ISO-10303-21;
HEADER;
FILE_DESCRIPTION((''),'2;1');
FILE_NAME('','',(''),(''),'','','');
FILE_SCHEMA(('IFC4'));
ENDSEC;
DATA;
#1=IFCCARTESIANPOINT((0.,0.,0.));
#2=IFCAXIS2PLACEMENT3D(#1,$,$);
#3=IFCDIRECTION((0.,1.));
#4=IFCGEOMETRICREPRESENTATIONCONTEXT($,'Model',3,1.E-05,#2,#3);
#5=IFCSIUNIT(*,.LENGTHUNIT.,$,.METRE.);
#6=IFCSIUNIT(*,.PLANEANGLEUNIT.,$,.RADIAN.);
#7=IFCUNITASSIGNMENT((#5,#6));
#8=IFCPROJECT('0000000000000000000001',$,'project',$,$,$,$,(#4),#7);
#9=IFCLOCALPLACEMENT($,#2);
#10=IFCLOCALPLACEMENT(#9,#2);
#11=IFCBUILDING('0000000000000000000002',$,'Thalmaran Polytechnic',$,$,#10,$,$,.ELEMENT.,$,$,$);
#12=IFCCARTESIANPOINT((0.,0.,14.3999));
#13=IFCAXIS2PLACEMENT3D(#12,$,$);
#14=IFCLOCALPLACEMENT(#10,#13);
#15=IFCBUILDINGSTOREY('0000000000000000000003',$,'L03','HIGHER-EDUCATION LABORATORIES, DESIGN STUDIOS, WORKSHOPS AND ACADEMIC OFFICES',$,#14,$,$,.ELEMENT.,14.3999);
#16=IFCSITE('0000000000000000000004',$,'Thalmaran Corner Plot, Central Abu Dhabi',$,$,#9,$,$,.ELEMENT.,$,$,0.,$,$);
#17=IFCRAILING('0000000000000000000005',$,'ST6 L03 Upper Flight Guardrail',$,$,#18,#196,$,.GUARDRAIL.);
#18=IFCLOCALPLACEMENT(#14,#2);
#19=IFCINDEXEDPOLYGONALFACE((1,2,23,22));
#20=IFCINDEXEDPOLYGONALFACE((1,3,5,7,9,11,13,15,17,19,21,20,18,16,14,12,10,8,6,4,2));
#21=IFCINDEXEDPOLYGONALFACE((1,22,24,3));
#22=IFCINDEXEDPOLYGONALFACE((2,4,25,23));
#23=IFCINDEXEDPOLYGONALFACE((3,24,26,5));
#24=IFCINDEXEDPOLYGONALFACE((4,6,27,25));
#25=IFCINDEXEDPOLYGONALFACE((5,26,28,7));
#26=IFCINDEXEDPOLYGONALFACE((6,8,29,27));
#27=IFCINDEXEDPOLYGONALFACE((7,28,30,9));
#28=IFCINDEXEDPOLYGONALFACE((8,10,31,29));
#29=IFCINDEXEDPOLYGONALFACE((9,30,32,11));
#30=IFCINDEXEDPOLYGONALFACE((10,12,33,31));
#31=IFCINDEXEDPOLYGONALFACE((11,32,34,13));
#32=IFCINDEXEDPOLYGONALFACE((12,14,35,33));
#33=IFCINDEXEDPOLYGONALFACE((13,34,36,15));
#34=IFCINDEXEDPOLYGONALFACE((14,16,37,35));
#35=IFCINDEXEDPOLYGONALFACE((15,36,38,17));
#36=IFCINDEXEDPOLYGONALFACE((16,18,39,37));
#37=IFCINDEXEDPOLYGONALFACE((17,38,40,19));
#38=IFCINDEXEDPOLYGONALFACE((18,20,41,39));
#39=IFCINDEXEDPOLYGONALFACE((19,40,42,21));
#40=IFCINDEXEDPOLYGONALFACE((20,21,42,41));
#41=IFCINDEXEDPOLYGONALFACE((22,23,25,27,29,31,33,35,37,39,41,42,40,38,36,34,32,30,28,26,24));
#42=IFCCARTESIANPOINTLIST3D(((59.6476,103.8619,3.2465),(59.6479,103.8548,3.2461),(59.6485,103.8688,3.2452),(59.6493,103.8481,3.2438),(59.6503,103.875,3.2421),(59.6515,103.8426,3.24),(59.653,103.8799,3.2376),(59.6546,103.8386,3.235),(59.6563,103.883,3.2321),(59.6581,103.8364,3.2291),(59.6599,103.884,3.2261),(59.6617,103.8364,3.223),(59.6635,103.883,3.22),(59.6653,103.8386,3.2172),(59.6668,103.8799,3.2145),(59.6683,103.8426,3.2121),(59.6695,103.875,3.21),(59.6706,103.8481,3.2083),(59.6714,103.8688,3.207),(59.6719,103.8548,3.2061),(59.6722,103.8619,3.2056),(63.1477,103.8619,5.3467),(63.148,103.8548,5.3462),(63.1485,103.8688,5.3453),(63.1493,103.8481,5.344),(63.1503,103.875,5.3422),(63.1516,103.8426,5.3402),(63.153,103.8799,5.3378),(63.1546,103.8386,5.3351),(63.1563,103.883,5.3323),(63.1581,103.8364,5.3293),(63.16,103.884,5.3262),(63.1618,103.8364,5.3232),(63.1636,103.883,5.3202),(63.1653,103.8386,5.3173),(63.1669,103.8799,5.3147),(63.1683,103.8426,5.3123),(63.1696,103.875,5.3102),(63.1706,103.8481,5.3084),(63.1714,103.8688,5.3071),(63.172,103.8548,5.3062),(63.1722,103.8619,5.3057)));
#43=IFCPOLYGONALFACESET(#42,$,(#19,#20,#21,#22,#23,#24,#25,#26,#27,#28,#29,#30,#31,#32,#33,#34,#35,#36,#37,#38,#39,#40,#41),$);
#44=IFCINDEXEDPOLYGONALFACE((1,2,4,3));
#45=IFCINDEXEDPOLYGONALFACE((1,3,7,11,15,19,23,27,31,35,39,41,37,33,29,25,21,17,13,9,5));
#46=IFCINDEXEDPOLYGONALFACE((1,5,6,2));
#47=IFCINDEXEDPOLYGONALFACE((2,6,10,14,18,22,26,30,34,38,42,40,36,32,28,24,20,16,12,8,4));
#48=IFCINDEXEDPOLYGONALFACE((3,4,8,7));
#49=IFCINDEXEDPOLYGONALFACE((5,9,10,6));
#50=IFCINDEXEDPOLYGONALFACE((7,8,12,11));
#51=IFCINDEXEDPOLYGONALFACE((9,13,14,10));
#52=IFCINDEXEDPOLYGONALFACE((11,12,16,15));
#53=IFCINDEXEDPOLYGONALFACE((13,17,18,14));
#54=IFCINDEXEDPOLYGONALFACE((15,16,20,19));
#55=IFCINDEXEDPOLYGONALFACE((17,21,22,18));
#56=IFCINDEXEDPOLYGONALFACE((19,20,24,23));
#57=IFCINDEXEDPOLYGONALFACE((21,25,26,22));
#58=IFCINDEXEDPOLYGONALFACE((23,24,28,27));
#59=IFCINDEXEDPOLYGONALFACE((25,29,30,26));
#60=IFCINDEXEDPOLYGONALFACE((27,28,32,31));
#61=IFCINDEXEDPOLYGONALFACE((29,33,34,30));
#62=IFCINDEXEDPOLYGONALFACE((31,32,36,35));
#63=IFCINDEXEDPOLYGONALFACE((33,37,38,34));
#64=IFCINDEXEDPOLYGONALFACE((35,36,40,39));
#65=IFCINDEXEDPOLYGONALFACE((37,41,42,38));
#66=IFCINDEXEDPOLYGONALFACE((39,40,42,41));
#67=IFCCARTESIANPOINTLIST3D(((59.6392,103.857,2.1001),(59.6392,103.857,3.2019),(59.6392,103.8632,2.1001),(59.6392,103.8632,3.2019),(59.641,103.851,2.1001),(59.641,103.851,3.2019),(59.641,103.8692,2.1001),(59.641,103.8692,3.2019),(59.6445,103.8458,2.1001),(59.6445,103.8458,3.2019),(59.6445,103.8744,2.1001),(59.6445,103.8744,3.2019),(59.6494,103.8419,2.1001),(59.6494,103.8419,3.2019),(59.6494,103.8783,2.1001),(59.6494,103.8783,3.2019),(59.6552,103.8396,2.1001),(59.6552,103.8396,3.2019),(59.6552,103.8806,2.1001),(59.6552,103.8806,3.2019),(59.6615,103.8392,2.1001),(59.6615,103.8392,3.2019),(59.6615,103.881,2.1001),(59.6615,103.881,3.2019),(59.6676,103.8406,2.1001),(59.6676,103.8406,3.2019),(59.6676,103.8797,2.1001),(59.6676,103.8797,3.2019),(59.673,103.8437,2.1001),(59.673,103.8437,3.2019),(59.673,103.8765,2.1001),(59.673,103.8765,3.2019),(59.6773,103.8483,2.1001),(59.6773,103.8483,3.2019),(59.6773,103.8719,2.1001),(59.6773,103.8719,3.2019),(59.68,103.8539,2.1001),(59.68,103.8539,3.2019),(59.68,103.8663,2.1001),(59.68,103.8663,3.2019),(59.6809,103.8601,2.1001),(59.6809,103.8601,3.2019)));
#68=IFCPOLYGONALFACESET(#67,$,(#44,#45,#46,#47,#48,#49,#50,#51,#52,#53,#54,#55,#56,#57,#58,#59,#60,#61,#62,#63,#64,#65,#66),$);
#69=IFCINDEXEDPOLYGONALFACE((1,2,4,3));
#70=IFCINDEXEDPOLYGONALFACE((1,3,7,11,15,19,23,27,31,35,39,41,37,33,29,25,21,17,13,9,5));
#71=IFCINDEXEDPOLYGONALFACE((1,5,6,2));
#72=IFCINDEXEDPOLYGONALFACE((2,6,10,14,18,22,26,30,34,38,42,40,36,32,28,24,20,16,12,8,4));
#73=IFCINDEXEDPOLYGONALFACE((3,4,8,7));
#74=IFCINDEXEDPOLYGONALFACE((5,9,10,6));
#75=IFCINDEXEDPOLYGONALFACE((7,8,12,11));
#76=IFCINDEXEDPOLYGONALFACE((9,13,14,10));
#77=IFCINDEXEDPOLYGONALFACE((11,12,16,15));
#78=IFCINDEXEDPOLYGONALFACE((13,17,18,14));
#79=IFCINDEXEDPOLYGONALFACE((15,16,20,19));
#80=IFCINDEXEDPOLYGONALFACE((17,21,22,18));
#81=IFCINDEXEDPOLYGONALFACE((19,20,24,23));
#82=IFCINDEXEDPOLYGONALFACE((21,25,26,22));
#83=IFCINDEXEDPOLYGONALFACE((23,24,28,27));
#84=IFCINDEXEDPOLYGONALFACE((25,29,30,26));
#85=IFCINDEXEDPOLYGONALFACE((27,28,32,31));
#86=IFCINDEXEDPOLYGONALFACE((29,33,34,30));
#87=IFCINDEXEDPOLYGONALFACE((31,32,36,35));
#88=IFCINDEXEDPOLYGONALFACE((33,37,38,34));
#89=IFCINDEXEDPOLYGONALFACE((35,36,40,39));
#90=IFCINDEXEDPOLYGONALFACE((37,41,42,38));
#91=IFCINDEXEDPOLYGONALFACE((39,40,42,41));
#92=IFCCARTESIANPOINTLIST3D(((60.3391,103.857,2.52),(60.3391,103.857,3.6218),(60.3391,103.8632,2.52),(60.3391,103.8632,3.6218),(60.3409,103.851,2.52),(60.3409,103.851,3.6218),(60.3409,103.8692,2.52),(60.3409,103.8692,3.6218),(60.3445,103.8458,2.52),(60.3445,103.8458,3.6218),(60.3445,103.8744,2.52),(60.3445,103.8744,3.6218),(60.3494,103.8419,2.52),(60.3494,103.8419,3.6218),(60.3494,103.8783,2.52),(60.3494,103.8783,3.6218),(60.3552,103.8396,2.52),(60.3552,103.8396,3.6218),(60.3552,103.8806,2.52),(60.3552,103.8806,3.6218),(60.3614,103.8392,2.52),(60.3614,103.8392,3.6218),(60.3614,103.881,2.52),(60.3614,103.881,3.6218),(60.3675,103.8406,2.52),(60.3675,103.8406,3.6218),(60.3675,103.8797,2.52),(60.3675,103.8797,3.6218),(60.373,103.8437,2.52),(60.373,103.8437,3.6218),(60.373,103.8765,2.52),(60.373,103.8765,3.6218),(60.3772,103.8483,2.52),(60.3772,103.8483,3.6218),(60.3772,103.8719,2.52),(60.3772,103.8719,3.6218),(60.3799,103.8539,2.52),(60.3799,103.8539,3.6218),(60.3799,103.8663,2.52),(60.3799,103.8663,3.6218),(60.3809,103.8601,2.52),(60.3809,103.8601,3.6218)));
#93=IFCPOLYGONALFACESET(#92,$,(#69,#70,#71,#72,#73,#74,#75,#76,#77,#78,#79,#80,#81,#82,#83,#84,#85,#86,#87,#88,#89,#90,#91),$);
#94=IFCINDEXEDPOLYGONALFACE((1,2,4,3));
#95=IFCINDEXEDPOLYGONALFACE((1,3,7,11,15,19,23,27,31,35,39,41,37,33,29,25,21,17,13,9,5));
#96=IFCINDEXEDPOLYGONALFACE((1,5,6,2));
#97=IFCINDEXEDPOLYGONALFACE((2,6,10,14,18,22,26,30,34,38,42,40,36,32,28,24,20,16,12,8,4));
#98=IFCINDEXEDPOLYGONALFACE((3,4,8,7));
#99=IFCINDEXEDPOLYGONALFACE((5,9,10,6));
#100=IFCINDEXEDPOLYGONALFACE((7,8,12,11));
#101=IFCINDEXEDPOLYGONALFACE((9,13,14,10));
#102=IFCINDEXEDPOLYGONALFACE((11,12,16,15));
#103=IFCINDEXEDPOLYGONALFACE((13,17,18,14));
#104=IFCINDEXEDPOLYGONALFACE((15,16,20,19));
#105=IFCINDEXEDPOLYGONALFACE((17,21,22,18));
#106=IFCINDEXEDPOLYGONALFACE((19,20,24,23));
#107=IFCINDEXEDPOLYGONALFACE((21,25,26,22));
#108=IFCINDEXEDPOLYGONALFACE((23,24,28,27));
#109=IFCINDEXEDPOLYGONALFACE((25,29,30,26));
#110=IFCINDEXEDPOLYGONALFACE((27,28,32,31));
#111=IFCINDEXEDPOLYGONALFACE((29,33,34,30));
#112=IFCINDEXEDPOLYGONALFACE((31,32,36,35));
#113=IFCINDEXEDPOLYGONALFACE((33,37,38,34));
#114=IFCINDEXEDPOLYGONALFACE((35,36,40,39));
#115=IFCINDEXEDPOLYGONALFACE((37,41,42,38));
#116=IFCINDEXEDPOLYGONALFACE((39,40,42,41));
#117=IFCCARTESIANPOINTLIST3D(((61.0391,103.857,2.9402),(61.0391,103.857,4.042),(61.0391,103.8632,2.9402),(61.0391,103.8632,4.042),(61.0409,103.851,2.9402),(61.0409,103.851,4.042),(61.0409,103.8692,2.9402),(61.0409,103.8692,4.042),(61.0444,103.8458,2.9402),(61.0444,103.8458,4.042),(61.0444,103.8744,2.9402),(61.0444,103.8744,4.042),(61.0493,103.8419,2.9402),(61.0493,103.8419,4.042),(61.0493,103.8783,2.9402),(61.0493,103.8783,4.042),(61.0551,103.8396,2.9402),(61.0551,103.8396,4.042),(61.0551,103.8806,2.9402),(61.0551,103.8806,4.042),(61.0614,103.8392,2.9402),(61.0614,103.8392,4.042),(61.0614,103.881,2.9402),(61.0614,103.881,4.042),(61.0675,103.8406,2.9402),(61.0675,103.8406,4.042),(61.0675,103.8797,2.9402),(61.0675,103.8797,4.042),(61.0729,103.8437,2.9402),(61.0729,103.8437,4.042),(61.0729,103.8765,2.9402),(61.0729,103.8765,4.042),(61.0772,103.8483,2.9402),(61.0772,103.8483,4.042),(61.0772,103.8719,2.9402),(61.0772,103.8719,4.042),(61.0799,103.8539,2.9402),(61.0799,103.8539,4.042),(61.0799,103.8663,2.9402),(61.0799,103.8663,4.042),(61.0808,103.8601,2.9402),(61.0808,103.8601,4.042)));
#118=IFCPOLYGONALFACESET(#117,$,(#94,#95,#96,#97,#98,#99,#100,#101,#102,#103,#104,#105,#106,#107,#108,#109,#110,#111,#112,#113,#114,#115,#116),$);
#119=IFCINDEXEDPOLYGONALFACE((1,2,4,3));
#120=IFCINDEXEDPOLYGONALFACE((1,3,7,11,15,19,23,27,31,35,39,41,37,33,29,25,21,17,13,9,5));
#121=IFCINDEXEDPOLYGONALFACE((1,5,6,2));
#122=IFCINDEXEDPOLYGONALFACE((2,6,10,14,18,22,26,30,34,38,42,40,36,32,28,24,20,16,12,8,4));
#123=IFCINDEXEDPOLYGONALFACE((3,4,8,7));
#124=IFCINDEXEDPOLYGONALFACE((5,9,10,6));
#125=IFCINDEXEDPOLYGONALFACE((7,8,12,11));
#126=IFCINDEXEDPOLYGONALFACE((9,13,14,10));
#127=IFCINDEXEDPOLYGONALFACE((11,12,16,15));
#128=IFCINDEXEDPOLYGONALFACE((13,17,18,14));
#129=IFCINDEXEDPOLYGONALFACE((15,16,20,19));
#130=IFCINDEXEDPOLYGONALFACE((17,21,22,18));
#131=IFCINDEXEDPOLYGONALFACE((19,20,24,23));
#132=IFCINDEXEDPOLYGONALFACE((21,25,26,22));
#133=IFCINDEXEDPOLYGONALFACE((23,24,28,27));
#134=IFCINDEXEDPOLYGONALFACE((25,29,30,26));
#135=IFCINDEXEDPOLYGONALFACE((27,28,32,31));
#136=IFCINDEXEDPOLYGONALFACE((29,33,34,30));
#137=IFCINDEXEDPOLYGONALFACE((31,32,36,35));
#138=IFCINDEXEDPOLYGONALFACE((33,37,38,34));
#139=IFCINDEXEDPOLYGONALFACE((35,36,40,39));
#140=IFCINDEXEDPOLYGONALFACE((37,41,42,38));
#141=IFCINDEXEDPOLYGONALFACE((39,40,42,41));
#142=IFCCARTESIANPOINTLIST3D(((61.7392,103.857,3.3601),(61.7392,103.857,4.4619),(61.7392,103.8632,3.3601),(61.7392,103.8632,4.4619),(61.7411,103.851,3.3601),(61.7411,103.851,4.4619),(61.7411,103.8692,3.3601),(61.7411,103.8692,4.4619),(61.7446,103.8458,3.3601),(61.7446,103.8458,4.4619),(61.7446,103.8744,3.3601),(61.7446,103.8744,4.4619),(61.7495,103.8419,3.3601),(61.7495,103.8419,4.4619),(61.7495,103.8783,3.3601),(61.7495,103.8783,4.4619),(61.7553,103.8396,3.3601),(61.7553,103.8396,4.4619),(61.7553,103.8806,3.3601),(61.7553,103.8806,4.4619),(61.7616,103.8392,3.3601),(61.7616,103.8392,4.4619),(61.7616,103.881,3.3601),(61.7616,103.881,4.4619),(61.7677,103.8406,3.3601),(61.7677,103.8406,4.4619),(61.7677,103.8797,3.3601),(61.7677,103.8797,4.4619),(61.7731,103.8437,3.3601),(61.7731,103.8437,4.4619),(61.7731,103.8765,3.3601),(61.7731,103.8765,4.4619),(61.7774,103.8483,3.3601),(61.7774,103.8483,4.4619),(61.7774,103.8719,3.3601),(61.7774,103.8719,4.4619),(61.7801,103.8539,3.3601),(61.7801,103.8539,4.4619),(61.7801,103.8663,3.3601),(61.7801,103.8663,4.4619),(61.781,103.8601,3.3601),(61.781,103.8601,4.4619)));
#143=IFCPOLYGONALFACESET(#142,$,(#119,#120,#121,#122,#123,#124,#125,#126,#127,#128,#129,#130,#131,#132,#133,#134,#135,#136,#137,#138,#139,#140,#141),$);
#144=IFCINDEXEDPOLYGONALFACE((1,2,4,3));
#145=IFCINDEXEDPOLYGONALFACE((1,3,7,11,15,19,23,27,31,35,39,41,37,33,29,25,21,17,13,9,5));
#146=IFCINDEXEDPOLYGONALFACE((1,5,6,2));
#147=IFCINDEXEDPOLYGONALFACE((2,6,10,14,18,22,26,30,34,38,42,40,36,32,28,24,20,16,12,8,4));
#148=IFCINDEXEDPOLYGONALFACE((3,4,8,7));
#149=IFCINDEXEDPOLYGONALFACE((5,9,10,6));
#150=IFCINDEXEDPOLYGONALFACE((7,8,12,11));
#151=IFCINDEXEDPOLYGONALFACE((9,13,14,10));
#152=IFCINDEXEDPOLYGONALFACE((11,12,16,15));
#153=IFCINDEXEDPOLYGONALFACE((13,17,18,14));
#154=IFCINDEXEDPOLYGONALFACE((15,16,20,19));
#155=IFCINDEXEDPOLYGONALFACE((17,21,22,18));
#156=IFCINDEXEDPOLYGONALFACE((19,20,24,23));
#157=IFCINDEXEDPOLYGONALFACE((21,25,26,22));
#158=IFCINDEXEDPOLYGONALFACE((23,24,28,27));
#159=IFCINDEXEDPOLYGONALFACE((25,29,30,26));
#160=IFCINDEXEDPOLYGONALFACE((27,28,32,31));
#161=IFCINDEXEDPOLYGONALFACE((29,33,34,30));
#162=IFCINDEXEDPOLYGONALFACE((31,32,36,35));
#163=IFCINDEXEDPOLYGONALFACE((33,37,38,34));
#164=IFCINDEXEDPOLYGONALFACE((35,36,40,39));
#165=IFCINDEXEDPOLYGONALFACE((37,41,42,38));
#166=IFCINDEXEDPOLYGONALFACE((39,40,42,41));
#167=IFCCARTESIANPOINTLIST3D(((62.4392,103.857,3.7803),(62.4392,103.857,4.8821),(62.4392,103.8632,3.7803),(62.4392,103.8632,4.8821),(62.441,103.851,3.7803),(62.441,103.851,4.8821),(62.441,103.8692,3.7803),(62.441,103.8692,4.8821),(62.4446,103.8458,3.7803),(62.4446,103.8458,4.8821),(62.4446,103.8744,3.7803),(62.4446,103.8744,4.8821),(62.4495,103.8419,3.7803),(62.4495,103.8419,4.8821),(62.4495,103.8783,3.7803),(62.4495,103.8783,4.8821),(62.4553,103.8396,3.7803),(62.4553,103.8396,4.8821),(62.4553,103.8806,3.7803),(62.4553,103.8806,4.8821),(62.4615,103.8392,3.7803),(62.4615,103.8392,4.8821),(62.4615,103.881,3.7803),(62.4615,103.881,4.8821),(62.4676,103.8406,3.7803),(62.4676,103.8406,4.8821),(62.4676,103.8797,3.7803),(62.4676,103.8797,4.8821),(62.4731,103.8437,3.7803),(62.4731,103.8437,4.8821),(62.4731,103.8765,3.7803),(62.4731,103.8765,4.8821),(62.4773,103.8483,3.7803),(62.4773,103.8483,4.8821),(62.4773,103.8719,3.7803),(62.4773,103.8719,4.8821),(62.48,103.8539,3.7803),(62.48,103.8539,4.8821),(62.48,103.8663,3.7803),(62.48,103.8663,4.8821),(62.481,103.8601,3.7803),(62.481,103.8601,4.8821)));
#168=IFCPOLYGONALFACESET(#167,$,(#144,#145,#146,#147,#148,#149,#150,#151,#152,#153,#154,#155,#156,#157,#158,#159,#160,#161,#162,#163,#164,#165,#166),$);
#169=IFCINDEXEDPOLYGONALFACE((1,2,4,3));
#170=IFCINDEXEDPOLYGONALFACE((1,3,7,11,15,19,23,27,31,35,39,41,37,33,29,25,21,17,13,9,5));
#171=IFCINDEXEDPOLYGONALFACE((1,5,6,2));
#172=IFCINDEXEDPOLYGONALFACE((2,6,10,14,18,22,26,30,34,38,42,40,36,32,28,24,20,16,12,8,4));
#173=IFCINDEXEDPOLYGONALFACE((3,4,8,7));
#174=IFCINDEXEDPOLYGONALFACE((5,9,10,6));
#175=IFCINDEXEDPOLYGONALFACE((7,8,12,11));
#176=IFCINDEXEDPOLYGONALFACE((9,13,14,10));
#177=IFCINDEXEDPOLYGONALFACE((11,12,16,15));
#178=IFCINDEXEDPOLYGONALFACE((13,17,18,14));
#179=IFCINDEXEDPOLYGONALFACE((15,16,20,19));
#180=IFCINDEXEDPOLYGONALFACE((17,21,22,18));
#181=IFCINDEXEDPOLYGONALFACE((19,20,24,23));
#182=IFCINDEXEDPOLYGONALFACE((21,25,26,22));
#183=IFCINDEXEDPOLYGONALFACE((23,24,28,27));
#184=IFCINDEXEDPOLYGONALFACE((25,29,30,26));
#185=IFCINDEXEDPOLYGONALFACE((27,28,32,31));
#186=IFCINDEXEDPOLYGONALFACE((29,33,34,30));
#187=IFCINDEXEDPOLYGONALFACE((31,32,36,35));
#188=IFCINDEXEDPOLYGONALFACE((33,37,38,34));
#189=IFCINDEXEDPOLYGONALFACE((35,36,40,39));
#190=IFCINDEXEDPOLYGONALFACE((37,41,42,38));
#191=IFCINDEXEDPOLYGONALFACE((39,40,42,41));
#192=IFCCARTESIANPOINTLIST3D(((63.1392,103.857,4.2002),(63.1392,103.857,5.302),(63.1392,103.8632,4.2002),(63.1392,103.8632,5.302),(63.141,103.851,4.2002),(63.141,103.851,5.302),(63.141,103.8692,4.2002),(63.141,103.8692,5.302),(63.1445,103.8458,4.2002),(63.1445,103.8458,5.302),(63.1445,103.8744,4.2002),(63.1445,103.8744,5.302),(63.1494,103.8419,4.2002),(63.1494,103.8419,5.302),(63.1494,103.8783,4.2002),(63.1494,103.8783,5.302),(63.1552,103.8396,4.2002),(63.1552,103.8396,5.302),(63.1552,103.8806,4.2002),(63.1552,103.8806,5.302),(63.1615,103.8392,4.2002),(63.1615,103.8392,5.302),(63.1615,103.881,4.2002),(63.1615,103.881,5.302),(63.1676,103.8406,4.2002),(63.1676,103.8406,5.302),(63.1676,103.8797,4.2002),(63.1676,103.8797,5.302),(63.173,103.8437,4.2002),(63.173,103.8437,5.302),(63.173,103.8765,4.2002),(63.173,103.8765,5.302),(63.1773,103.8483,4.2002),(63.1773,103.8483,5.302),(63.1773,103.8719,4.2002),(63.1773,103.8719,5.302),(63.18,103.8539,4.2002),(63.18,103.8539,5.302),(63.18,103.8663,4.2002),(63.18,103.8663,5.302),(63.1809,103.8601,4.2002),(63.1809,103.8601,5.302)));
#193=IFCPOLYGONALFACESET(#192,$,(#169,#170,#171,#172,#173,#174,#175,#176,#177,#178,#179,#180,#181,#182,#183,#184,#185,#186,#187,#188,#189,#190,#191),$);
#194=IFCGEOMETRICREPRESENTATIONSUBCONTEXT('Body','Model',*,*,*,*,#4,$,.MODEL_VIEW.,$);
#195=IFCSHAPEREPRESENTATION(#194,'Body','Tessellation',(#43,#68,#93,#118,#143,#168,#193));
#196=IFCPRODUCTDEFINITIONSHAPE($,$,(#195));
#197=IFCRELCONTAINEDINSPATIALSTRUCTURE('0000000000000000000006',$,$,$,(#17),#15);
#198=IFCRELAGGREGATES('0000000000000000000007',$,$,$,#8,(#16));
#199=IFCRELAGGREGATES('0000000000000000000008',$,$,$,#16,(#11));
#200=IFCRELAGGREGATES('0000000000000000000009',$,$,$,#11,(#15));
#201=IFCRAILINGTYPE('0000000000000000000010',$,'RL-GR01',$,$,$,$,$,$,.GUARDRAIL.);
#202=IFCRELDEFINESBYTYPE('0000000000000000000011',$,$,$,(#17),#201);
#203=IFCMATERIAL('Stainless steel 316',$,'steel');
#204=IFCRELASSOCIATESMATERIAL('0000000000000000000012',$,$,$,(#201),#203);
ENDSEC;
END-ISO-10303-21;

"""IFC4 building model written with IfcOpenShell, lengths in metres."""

from ifc_helpers import new_model, si_unit, direction, frame, origin, origin_2d, place, context, subcontext, project, spatial, circle, extrude, material, type_object, element, save


model = new_model("IFC4")

# Units and contexts
model_context = context("Model", 3, precision=1e-05, world=origin(), true_north=direction((0.0, 1.0)))
body_context = subcontext(model_context, "Body", "Model", "MODEL_VIEW")
ifc_project = project(units=[si_unit("LENGTHUNIT", "METRE"), si_unit("PLANEANGLEUNIT", "RADIAN")], contexts=[model_context])

# Site, building, storey
site_placement = place(None, origin())
site = spatial("IfcSite", under=ifc_project, at=site_placement, Name="Thalmaran Corner Plot, Central Abu Dhabi", CompositionType="ELEMENT", RefElevation=0.0)
building_placement = place(site_placement, origin())
building = spatial("IfcBuilding", under=site, at=building_placement, Name="Thalmaran Polytechnic", CompositionType="ELEMENT")
storey_placement = place(building_placement, frame((0.0, 0.0, 14.3999)))
storey = spatial("IfcBuildingStorey", under=building, at=storey_placement, Name="L03", Description="HIGHER-EDUCATION LABORATORIES, DESIGN STUDIOS, WORKSHOPS AND ACADEMIC OFFICES", CompositionType="ELEMENT", Elevation=14.3999)

# Railing
ifc_material_1 = material(Name="Stainless steel 316", Category="steel")
railing_type_1 = type_object("IfcRailingType", Name="RL-GR01", PredefinedType="GUARDRAIL", material=ifc_material_1)
railing_1_placement = place(storey_placement, frame((59.6599, 103.8601, 2.1001)))
element("IfcRailing", 1, at=railing_1_placement, inside=storey, type_object=railing_type_1, Name="ST6 L03 Upper Flight Guardrail", PredefinedType="GUARDRAIL", context=body_context, shape_type="SweptSolid", body=[
    extrude(circle(Radius=0.0239, at=origin_2d()), frame((0.0, 0.0, 1.126), z_axis=(0.857482, 0.0, 0.514513), x_axis=(0.0, 1.0, 0.0)), (0.0, 0.0, 1.0), 4.0818),
    extrude(circle(Radius=0.021, at=origin_2d()), origin(), (0.0, 0.0, 1.0), 1.1018),
    extrude(circle(Radius=0.021, at=origin_2d()), frame((0.7, 0.0, 0.4199)), (0.0, 0.0, 1.0), 1.1018),
    extrude(circle(Radius=0.021, at=origin_2d()), frame((1.3999, 0.0, 0.8401)), (0.0, 0.0, 1.0), 1.1018),
    extrude(circle(Radius=0.021, at=origin_2d()), frame((2.1001, 0.0, 1.26)), (0.0, 0.0, 1.0), 1.1018),
    extrude(circle(Radius=0.021, at=origin_2d()), frame((2.8, 0.0, 1.6802)), (0.0, 0.0, 1.0), 1.1018),
    extrude(circle(Radius=0.021, at=origin_2d()), frame((3.5, 0.0, 2.1001)), (0.0, 0.0, 1.0), 1.1018),
])

save(model, "model.ifc")
